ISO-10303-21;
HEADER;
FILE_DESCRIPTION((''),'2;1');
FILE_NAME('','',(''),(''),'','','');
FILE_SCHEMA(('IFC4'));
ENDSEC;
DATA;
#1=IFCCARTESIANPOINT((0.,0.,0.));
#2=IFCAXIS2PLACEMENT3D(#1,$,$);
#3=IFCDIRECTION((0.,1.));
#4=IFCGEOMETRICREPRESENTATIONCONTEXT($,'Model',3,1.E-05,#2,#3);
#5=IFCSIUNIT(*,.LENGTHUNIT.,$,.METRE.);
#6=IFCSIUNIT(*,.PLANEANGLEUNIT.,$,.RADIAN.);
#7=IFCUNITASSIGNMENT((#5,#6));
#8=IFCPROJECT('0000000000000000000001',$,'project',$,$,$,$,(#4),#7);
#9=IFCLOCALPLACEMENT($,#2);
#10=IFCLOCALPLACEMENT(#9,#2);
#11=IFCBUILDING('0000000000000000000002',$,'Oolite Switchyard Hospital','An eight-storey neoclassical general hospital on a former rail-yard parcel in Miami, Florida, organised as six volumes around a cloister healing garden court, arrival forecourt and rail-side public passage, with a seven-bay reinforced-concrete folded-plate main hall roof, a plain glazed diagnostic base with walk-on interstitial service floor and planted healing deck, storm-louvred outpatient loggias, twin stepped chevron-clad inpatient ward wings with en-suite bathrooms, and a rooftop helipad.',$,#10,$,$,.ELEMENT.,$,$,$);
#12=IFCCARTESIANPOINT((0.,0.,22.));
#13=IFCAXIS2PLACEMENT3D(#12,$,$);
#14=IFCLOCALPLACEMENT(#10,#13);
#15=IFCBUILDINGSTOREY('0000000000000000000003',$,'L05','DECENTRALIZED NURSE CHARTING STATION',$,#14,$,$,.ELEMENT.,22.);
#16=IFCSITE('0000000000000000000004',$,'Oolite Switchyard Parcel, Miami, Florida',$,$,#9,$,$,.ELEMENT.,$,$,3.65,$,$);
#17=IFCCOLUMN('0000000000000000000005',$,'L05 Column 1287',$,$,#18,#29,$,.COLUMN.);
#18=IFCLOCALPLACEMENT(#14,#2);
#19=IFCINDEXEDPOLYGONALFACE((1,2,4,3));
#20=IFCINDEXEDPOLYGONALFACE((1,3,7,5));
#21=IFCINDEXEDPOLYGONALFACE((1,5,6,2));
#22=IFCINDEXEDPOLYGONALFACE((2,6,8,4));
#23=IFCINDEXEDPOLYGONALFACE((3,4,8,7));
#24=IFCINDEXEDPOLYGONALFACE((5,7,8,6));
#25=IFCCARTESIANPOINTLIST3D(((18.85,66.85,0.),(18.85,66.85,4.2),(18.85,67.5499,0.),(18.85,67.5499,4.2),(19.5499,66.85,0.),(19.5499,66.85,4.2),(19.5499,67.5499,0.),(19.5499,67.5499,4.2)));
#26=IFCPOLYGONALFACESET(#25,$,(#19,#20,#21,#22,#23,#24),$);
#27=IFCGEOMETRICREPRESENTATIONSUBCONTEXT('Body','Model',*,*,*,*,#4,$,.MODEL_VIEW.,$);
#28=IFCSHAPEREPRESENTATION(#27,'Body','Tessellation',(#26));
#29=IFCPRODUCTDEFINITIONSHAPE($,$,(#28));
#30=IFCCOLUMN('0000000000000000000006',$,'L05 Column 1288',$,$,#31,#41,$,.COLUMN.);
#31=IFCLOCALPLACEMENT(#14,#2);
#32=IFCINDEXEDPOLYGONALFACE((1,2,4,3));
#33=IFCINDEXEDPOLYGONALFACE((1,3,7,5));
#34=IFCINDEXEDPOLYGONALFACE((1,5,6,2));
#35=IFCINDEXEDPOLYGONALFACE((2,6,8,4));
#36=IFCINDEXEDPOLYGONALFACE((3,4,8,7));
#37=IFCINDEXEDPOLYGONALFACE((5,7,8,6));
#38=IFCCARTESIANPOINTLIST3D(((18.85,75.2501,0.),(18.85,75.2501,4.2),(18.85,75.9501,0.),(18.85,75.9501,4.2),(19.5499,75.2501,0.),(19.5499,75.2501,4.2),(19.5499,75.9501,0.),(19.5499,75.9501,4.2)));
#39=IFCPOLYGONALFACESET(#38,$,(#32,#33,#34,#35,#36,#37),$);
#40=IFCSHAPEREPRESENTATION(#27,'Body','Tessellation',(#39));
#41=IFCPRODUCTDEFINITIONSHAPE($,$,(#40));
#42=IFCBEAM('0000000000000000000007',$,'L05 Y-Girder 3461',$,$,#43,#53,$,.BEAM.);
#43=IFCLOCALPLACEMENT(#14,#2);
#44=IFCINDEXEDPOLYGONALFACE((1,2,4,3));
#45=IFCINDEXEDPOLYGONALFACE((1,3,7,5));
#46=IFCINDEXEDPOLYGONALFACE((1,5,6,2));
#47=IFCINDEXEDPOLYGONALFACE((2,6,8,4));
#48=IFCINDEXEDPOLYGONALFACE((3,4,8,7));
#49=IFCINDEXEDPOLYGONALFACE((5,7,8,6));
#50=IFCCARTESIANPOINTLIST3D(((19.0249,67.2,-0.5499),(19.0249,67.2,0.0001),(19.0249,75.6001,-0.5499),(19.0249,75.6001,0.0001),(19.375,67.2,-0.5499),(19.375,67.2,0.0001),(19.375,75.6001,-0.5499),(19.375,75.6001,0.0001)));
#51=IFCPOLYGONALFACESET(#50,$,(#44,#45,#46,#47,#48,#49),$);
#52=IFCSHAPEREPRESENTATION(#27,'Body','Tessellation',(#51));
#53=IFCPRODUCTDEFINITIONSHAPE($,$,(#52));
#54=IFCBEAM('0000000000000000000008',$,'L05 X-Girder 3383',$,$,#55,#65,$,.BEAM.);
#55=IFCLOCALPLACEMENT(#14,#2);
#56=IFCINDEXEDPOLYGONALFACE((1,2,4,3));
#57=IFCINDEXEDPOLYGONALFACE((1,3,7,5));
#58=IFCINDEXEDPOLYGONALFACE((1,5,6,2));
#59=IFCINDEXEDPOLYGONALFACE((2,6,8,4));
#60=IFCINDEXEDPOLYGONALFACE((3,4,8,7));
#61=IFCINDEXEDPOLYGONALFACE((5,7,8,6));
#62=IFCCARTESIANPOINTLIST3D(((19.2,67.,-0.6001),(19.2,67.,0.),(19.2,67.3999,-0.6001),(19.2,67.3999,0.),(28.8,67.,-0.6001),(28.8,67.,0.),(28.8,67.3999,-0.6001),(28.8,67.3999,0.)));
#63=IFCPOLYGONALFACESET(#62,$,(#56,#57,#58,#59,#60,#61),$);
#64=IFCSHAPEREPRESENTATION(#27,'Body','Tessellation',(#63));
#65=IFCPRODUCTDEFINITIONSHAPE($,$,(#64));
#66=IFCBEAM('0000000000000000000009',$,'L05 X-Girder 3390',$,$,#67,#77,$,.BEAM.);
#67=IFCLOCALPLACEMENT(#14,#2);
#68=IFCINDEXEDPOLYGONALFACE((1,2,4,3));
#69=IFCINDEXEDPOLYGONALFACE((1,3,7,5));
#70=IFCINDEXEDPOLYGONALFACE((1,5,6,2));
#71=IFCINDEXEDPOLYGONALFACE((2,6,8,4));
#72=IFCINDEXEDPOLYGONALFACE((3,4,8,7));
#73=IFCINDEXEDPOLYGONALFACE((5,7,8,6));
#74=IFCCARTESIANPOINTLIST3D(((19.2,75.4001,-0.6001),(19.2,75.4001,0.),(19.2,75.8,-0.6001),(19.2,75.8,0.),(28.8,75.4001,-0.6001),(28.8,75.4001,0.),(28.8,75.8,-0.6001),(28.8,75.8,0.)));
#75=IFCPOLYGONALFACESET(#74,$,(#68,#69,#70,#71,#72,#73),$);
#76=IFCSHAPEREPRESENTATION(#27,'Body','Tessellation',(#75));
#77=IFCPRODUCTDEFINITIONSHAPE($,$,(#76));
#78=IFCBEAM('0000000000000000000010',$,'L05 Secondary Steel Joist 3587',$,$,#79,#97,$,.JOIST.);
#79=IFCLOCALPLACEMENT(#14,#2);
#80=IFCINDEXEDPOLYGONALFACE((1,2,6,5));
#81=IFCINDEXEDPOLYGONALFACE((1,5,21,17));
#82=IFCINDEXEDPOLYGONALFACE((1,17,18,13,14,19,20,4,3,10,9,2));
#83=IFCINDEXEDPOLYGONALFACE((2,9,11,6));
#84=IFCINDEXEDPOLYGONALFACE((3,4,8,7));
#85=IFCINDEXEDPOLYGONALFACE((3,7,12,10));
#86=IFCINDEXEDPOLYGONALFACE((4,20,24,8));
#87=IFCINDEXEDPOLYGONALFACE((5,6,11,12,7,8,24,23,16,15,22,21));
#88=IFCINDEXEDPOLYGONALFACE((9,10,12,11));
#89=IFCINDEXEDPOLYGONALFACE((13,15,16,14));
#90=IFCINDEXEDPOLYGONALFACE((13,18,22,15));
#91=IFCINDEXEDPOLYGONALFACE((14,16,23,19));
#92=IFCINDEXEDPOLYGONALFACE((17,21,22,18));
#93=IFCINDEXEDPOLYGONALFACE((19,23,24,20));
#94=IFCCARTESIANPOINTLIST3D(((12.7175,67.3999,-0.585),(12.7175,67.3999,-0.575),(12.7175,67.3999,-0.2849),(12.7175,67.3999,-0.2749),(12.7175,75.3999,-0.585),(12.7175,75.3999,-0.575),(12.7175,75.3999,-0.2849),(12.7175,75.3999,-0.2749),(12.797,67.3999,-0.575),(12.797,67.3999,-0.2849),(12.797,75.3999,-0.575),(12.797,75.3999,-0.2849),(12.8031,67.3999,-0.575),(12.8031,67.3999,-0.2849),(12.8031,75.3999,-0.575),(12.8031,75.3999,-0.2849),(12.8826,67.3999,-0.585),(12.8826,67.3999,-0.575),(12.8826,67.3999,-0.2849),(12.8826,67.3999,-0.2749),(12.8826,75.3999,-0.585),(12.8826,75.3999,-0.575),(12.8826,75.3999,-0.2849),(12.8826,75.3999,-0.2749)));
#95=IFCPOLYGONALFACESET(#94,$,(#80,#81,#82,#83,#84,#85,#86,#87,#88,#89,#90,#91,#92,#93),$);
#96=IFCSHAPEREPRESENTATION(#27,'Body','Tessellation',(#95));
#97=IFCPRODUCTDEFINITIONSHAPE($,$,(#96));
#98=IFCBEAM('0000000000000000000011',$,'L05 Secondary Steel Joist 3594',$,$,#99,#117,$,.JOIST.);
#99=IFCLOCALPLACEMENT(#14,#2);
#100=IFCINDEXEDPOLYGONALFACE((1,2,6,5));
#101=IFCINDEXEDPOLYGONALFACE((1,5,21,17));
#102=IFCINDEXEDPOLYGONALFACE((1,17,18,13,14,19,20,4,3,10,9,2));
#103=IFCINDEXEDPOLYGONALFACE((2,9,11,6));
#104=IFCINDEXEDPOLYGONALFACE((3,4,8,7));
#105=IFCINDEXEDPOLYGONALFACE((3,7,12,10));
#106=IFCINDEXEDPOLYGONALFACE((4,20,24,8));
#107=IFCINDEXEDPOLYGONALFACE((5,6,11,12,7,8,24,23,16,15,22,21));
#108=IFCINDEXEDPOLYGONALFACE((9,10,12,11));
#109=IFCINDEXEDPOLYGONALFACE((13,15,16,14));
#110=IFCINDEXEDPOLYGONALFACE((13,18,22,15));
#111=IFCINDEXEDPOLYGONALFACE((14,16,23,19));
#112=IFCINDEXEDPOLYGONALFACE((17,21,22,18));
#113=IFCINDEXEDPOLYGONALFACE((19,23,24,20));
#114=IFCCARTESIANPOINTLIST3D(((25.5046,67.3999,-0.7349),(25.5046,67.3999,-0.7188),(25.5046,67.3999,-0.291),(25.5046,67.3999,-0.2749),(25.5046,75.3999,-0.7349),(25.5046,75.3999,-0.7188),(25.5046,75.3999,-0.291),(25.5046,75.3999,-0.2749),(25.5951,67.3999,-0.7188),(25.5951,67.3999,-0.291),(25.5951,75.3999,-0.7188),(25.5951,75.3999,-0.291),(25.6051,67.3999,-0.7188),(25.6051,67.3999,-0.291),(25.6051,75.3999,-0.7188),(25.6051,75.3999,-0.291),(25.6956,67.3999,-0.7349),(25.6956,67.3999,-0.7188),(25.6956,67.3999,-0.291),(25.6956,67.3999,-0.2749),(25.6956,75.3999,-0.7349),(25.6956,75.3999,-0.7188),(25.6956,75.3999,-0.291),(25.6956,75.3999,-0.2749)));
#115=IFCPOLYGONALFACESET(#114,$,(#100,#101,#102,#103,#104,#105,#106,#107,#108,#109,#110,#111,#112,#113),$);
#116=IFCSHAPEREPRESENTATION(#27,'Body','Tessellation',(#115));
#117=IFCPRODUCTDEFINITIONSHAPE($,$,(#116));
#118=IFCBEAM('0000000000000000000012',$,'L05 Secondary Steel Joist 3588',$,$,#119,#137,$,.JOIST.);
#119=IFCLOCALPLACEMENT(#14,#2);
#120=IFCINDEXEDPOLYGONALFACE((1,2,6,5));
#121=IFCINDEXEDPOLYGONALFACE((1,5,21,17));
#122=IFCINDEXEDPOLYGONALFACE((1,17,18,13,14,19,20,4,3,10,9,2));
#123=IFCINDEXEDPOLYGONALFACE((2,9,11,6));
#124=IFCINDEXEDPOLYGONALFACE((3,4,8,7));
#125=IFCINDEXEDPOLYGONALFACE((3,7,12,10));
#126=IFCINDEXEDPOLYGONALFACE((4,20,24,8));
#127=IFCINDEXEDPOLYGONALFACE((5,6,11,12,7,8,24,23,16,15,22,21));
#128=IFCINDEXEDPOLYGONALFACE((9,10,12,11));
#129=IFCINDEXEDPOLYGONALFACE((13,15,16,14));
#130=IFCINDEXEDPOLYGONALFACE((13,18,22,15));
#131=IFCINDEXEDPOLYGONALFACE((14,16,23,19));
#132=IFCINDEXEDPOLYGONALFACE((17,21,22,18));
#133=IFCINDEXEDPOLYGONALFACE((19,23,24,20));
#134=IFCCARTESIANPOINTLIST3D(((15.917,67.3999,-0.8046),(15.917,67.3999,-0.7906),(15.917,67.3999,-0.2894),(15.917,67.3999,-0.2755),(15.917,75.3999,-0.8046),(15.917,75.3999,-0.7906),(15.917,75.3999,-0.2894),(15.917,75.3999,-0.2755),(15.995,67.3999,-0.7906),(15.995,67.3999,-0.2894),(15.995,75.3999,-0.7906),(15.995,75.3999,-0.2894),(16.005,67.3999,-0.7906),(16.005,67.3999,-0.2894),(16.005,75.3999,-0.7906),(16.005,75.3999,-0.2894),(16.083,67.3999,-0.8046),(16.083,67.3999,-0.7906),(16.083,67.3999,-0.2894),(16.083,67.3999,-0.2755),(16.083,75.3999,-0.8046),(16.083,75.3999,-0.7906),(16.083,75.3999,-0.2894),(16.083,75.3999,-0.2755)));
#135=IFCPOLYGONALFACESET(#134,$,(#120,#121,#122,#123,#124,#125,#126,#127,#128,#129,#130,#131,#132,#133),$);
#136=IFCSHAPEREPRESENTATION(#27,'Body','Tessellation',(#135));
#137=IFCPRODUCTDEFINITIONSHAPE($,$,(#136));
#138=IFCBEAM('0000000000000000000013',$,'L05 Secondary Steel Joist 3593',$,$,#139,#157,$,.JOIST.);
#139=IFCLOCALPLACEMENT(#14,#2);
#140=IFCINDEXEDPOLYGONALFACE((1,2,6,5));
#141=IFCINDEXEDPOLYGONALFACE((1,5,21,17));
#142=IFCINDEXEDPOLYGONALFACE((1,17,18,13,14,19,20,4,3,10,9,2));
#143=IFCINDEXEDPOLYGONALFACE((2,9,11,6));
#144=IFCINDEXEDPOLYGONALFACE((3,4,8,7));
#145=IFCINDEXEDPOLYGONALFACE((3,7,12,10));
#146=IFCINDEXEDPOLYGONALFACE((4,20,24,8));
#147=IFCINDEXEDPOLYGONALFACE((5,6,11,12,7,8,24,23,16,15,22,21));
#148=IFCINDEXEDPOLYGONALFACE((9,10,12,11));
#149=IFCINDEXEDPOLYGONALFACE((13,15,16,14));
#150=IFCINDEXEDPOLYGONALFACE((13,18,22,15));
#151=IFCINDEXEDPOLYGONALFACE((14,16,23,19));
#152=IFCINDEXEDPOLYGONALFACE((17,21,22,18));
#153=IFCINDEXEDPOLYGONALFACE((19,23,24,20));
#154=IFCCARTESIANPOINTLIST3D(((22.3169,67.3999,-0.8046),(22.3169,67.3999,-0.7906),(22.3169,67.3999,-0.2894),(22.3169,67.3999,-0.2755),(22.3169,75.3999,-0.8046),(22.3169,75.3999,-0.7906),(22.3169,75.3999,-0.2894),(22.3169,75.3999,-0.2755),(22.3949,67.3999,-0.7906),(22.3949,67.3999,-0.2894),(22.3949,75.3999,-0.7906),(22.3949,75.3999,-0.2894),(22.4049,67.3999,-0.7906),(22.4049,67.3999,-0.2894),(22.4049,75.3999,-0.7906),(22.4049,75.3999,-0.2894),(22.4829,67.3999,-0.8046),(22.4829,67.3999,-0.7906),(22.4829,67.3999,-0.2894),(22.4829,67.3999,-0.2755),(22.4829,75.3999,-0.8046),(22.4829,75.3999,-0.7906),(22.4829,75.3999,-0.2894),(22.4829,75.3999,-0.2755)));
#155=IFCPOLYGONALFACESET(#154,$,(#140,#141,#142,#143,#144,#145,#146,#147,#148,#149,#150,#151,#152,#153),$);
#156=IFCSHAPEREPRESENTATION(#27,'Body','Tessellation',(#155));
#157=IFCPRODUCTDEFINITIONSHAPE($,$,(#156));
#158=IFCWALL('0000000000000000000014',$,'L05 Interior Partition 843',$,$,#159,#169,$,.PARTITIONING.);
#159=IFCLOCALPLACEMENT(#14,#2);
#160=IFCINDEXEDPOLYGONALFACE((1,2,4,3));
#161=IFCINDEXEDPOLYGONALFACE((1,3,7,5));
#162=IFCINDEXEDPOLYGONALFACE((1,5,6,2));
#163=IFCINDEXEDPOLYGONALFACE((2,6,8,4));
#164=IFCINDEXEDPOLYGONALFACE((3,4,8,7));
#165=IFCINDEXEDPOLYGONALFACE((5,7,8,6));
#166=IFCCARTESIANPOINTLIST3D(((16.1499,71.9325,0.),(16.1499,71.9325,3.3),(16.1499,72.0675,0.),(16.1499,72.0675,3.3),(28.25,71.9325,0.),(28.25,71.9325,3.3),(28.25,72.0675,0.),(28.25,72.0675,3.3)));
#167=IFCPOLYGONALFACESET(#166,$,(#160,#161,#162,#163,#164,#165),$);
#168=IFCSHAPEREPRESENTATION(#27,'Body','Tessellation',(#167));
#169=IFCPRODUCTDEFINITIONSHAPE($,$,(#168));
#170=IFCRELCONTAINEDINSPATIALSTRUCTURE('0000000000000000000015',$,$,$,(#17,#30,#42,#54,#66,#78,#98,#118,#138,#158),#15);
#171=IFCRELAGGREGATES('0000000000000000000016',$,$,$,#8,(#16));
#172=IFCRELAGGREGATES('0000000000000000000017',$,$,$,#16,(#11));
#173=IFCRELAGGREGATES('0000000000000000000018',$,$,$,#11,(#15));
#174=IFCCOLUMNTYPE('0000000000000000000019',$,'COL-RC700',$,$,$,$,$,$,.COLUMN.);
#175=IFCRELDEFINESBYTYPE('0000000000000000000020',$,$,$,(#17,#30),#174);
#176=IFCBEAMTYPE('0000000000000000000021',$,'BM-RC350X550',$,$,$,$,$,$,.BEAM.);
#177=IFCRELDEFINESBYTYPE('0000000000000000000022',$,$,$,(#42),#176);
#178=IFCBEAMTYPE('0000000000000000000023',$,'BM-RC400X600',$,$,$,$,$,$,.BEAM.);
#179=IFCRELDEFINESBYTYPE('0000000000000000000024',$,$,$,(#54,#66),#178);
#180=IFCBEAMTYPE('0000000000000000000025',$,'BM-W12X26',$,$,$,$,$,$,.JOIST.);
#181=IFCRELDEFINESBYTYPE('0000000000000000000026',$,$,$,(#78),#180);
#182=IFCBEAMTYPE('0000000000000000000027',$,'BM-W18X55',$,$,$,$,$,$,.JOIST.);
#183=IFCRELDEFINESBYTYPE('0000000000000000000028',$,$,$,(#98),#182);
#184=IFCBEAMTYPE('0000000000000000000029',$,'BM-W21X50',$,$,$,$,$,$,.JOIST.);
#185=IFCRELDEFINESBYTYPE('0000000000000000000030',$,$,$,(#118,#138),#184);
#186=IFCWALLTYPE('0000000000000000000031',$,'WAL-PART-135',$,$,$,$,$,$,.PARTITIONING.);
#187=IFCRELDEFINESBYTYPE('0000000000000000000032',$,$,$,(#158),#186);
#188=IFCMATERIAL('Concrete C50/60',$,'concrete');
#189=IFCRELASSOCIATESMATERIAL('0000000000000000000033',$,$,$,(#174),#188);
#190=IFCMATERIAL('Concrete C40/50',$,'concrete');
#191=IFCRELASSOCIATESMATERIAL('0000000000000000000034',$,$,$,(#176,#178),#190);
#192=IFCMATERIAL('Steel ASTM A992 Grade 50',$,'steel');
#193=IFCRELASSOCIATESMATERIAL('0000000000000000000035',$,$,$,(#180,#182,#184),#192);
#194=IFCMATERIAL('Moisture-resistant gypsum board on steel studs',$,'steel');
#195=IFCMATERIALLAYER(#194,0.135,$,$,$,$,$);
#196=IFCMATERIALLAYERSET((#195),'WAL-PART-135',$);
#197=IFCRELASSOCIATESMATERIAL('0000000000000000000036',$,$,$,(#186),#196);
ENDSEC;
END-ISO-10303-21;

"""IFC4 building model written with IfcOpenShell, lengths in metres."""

from ifc_helpers import new_model, si_unit, direction, frame, frame_2d, origin, origin_2d, place, context, subcontext, project, spatial, rectangle, i_section, extrude, material, layer, layer_set, material_profile, profile_set, type_object, element, save


model = new_model("IFC4")

# Units and contexts
model_context = context("Model", 3, precision=1e-05, world=origin(), true_north=direction((0.0, 1.0)))
body_context = subcontext(model_context, "Body", "Model", "MODEL_VIEW")
ifc_project = project(units=[si_unit("LENGTHUNIT", "METRE"), si_unit("PLANEANGLEUNIT", "RADIAN")], contexts=[model_context])

# Site, building, storey
site_placement = place(None, origin())
site = spatial("IfcSite", under=ifc_project, at=site_placement, Name="Oolite Switchyard Parcel, Miami, Florida", CompositionType="ELEMENT", RefElevation=3.65)
building_placement = place(site_placement, origin())
building = spatial("IfcBuilding", under=site, at=building_placement, Name="Oolite Switchyard Hospital", Description="An eight-storey neoclassical general hospital on a former rail-yard parcel in Miami, Florida, organised as six volumes around a cloister healing garden court, arrival forecourt and rail-side public passage, with a seven-bay reinforced-concrete folded-plate main hall roof, a plain glazed diagnostic base with walk-on interstitial service floor and planted healing deck, storm-louvred outpatient loggias, twin stepped chevron-clad inpatient ward wings with en-suite bathrooms, and a rooftop helipad.", CompositionType="ELEMENT")
storey_placement = place(building_placement, frame((0.0, 0.0, 22.0)))
storey = spatial("IfcBuildingStorey", under=building, at=storey_placement, Name="L05", Description="DECENTRALIZED NURSE CHARTING STATION", CompositionType="ELEMENT", Elevation=22.0)

# Columns
ifc_material_1 = material(Name="Concrete C50/60", Category="concrete")
ifc_material_profile_1 = material_profile(ifc_material_1, rectangle(XDim=0.7, YDim=0.7, at=origin_2d()), Name="RC700X700")
ifc_profile_set_1 = profile_set([ifc_material_profile_1], Name="Concrete C50/60")
column_type = type_object("IfcColumnType", Name="COL-RC700", PredefinedType="COLUMN", material=ifc_profile_set_1)
for number, where, z_axis, x_axis, name in (
    (1, (19.2, 67.2, 0.0), (0.0, 0.0, 1.0), (1.0, 0.0, 0.0), "L05 Column 1287"),
    (2, (19.2, 75.6001, 0.0), (0.0, 0.0, 1.0), (1.0, 0.0, 0.0), "L05 Column 1288"),
):
    element("IfcColumn", number, at=place(storey_placement, frame(where, z_axis=z_axis, x_axis=x_axis)), inside=storey, type_object=column_type, Name=name, PredefinedType="COLUMN", context=body_context, shape_type="SweptSolid", body=[
        extrude(rectangle(XDim=0.7, YDim=0.7, at=origin_2d()), origin(), (0.0, 0.0, 1.0), 4.2),
    ])

# Beams
ifc_material_2 = material(Name="Concrete C40/50", Category="concrete")
ifc_material_profile_2 = material_profile(ifc_material_2, rectangle(XDim=0.3501, YDim=0.55, at=origin_2d()), Name="RCB350X550")
ifc_profile_set_2 = profile_set([ifc_material_profile_2], Name="Concrete C40/50")
beam_type_1 = type_object("IfcBeamType", Name="BM-RC350X550", PredefinedType="BEAM", material=ifc_profile_set_2)
beam_1_placement = place(storey_placement, frame((19.2, 67.2, -0.2749), z_axis=(0.0, 1.0, 0.0), x_axis=(-1.0, 0.0, 0.0)))
element("IfcBeam", 3, at=beam_1_placement, inside=storey, type_object=beam_type_1, Name="L05 Y-Girder 3461", PredefinedType="BEAM", context=body_context, shape_type="SweptSolid", body=[
    extrude(rectangle(XDim=0.3501, YDim=0.55, at=origin_2d()), origin(), (0.0, 0.0, 1.0), 8.4001),
])
ifc_material_profile_3 = material_profile(ifc_material_2, rectangle(XDim=0.3999, YDim=0.6001, at=origin_2d()), Name="RCB400X600")
ifc_profile_set_3 = profile_set([ifc_material_profile_3], Name="Concrete C40/50")
beam_type_2 = type_object("IfcBeamType", Name="BM-RC400X600", PredefinedType="BEAM", material=ifc_profile_set_3)
for number, where, z_axis, x_axis, name in (
    (4, (19.2, 67.2, -0.3), (1.0, 0.0, 0.0), (0.0, 1.0, 0.0), "L05 X-Girder 3383"),
    (5, (19.2, 75.6001, -0.3), (1.0, 0.0, 0.0), (0.0, 1.0, 0.0), "L05 X-Girder 3390"),
):
    element("IfcBeam", number, at=place(storey_placement, frame(where, z_axis=z_axis, x_axis=x_axis)), inside=storey, type_object=beam_type_2, Name=name, PredefinedType="BEAM", context=body_context, shape_type="SweptSolid", body=[
        extrude(rectangle(XDim=0.3999, YDim=0.6001, at=origin_2d()), origin(), (0.0, 0.0, 1.0), 9.6001),
    ])
ifc_material_3 = material(Name="Steel ASTM A992 Grade 50", Category="steel")
ifc_material_profile_4 = material_profile(ifc_material_3, i_section(OverallWidth=0.165, OverallDepth=0.3101, WebThickness=0.0061, FlangeThickness=0.01, at=origin_2d()), Name="W12X26")
ifc_profile_set_4 = profile_set([ifc_material_profile_4], Name="Steel ASTM A992 Grade 50")
beam_type_3 = type_object("IfcBeamType", Name="BM-W12X26", PredefinedType="JOIST", material=ifc_profile_set_4)
beam_2_placement = place(storey_placement, frame((12.8, 67.3999, -0.4299), z_axis=(0.0, 1.0, 0.0), x_axis=(-1.0, 0.0, 0.0)))
element("IfcBeam", 6, at=beam_2_placement, inside=storey, type_object=beam_type_3, Name="L05 Secondary Steel Joist 3587", PredefinedType="JOIST", context=body_context, shape_type="SweptSolid", body=[
    extrude(i_section(OverallWidth=0.165, OverallDepth=0.3101, WebThickness=0.0061, FlangeThickness=0.01, at=origin_2d()), origin(), (0.0, 0.0, 1.0), 8.0),
])
ifc_material_profile_5 = material_profile(ifc_material_3, i_section(OverallWidth=0.1909, OverallDepth=0.46, WebThickness=0.01, FlangeThickness=0.0161, at=origin_2d()), Name="W18X55")
ifc_profile_set_5 = profile_set([ifc_material_profile_5], Name="Steel ASTM A992 Grade 50")
beam_type_4 = type_object("IfcBeamType", Name="BM-W18X55", PredefinedType="JOIST", material=ifc_profile_set_5)
beam_3_placement = place(storey_placement, frame((25.6001, 67.3999, -0.5049), z_axis=(0.0, 1.0, 0.0), x_axis=(-1.0, 0.0, 0.0)))
element("IfcBeam", 7, at=beam_3_placement, inside=storey, type_object=beam_type_4, Name="L05 Secondary Steel Joist 3594", PredefinedType="JOIST", context=body_context, shape_type="SweptSolid", body=[
    extrude(i_section(OverallWidth=0.1909, OverallDepth=0.46, WebThickness=0.01, FlangeThickness=0.0161, at=origin_2d()), origin(), (0.0, 0.0, 1.0), 8.0),
])
ifc_material_profile_6 = material_profile(ifc_material_3, i_section(OverallWidth=0.166, OverallDepth=0.5291, WebThickness=0.01, FlangeThickness=0.0139, at=origin_2d()), Name="W21X50")
ifc_profile_set_6 = profile_set([ifc_material_profile_6], Name="Steel ASTM A992 Grade 50")
beam_type_5 = type_object("IfcBeamType", Name="BM-W21X50", PredefinedType="JOIST", material=ifc_profile_set_6)
for number, where, z_axis, x_axis, name in (
    (8, (16.0, 67.3999, -0.54), (0.0, 1.0, 0.0), (-1.0, 0.0, 0.0), "L05 Secondary Steel Joist 3588"),
    (9, (22.3999, 67.3999, -0.54), (0.0, 1.0, 0.0), (-1.0, 0.0, 0.0), "L05 Secondary Steel Joist 3593"),
):
    element("IfcBeam", number, at=place(storey_placement, frame(where, z_axis=z_axis, x_axis=x_axis)), inside=storey, type_object=beam_type_5, Name=name, PredefinedType="JOIST", context=body_context, shape_type="SweptSolid", body=[
        extrude(i_section(OverallWidth=0.166, OverallDepth=0.5291, WebThickness=0.01, FlangeThickness=0.0139, at=origin_2d()), origin(), (0.0, 0.0, 1.0), 8.0),
    ])

# Wall
ifc_material_4 = material(Name="Moisture-resistant gypsum board on steel studs", Category="steel")
ifc_layer_1 = layer(ifc_material_4, 0.135)
ifc_layer_set_1 = layer_set([ifc_layer_1], Name="WAL-PART-135")
wall_type_1 = type_object("IfcWallType", Name="WAL-PART-135", PredefinedType="PARTITIONING", material=ifc_layer_set_1)
wall_1_placement = place(storey_placement, frame((16.1499, 72.0, 0.0), z_axis=(0.0, 0.0, 1.0), x_axis=(1.0, 0.0, 0.0)))
element("IfcWall", 10, at=wall_1_placement, inside=storey, type_object=wall_type_1, Name="L05 Interior Partition 843", PredefinedType="PARTITIONING", context=body_context, shape_type="SweptSolid", body=[
    extrude(rectangle(XDim=12.1001, YDim=0.135, at=frame_2d((6.05, 0.0))), origin(), (0.0, 0.0, 1.0), 3.3),
])

save(model, "model.ifc")
